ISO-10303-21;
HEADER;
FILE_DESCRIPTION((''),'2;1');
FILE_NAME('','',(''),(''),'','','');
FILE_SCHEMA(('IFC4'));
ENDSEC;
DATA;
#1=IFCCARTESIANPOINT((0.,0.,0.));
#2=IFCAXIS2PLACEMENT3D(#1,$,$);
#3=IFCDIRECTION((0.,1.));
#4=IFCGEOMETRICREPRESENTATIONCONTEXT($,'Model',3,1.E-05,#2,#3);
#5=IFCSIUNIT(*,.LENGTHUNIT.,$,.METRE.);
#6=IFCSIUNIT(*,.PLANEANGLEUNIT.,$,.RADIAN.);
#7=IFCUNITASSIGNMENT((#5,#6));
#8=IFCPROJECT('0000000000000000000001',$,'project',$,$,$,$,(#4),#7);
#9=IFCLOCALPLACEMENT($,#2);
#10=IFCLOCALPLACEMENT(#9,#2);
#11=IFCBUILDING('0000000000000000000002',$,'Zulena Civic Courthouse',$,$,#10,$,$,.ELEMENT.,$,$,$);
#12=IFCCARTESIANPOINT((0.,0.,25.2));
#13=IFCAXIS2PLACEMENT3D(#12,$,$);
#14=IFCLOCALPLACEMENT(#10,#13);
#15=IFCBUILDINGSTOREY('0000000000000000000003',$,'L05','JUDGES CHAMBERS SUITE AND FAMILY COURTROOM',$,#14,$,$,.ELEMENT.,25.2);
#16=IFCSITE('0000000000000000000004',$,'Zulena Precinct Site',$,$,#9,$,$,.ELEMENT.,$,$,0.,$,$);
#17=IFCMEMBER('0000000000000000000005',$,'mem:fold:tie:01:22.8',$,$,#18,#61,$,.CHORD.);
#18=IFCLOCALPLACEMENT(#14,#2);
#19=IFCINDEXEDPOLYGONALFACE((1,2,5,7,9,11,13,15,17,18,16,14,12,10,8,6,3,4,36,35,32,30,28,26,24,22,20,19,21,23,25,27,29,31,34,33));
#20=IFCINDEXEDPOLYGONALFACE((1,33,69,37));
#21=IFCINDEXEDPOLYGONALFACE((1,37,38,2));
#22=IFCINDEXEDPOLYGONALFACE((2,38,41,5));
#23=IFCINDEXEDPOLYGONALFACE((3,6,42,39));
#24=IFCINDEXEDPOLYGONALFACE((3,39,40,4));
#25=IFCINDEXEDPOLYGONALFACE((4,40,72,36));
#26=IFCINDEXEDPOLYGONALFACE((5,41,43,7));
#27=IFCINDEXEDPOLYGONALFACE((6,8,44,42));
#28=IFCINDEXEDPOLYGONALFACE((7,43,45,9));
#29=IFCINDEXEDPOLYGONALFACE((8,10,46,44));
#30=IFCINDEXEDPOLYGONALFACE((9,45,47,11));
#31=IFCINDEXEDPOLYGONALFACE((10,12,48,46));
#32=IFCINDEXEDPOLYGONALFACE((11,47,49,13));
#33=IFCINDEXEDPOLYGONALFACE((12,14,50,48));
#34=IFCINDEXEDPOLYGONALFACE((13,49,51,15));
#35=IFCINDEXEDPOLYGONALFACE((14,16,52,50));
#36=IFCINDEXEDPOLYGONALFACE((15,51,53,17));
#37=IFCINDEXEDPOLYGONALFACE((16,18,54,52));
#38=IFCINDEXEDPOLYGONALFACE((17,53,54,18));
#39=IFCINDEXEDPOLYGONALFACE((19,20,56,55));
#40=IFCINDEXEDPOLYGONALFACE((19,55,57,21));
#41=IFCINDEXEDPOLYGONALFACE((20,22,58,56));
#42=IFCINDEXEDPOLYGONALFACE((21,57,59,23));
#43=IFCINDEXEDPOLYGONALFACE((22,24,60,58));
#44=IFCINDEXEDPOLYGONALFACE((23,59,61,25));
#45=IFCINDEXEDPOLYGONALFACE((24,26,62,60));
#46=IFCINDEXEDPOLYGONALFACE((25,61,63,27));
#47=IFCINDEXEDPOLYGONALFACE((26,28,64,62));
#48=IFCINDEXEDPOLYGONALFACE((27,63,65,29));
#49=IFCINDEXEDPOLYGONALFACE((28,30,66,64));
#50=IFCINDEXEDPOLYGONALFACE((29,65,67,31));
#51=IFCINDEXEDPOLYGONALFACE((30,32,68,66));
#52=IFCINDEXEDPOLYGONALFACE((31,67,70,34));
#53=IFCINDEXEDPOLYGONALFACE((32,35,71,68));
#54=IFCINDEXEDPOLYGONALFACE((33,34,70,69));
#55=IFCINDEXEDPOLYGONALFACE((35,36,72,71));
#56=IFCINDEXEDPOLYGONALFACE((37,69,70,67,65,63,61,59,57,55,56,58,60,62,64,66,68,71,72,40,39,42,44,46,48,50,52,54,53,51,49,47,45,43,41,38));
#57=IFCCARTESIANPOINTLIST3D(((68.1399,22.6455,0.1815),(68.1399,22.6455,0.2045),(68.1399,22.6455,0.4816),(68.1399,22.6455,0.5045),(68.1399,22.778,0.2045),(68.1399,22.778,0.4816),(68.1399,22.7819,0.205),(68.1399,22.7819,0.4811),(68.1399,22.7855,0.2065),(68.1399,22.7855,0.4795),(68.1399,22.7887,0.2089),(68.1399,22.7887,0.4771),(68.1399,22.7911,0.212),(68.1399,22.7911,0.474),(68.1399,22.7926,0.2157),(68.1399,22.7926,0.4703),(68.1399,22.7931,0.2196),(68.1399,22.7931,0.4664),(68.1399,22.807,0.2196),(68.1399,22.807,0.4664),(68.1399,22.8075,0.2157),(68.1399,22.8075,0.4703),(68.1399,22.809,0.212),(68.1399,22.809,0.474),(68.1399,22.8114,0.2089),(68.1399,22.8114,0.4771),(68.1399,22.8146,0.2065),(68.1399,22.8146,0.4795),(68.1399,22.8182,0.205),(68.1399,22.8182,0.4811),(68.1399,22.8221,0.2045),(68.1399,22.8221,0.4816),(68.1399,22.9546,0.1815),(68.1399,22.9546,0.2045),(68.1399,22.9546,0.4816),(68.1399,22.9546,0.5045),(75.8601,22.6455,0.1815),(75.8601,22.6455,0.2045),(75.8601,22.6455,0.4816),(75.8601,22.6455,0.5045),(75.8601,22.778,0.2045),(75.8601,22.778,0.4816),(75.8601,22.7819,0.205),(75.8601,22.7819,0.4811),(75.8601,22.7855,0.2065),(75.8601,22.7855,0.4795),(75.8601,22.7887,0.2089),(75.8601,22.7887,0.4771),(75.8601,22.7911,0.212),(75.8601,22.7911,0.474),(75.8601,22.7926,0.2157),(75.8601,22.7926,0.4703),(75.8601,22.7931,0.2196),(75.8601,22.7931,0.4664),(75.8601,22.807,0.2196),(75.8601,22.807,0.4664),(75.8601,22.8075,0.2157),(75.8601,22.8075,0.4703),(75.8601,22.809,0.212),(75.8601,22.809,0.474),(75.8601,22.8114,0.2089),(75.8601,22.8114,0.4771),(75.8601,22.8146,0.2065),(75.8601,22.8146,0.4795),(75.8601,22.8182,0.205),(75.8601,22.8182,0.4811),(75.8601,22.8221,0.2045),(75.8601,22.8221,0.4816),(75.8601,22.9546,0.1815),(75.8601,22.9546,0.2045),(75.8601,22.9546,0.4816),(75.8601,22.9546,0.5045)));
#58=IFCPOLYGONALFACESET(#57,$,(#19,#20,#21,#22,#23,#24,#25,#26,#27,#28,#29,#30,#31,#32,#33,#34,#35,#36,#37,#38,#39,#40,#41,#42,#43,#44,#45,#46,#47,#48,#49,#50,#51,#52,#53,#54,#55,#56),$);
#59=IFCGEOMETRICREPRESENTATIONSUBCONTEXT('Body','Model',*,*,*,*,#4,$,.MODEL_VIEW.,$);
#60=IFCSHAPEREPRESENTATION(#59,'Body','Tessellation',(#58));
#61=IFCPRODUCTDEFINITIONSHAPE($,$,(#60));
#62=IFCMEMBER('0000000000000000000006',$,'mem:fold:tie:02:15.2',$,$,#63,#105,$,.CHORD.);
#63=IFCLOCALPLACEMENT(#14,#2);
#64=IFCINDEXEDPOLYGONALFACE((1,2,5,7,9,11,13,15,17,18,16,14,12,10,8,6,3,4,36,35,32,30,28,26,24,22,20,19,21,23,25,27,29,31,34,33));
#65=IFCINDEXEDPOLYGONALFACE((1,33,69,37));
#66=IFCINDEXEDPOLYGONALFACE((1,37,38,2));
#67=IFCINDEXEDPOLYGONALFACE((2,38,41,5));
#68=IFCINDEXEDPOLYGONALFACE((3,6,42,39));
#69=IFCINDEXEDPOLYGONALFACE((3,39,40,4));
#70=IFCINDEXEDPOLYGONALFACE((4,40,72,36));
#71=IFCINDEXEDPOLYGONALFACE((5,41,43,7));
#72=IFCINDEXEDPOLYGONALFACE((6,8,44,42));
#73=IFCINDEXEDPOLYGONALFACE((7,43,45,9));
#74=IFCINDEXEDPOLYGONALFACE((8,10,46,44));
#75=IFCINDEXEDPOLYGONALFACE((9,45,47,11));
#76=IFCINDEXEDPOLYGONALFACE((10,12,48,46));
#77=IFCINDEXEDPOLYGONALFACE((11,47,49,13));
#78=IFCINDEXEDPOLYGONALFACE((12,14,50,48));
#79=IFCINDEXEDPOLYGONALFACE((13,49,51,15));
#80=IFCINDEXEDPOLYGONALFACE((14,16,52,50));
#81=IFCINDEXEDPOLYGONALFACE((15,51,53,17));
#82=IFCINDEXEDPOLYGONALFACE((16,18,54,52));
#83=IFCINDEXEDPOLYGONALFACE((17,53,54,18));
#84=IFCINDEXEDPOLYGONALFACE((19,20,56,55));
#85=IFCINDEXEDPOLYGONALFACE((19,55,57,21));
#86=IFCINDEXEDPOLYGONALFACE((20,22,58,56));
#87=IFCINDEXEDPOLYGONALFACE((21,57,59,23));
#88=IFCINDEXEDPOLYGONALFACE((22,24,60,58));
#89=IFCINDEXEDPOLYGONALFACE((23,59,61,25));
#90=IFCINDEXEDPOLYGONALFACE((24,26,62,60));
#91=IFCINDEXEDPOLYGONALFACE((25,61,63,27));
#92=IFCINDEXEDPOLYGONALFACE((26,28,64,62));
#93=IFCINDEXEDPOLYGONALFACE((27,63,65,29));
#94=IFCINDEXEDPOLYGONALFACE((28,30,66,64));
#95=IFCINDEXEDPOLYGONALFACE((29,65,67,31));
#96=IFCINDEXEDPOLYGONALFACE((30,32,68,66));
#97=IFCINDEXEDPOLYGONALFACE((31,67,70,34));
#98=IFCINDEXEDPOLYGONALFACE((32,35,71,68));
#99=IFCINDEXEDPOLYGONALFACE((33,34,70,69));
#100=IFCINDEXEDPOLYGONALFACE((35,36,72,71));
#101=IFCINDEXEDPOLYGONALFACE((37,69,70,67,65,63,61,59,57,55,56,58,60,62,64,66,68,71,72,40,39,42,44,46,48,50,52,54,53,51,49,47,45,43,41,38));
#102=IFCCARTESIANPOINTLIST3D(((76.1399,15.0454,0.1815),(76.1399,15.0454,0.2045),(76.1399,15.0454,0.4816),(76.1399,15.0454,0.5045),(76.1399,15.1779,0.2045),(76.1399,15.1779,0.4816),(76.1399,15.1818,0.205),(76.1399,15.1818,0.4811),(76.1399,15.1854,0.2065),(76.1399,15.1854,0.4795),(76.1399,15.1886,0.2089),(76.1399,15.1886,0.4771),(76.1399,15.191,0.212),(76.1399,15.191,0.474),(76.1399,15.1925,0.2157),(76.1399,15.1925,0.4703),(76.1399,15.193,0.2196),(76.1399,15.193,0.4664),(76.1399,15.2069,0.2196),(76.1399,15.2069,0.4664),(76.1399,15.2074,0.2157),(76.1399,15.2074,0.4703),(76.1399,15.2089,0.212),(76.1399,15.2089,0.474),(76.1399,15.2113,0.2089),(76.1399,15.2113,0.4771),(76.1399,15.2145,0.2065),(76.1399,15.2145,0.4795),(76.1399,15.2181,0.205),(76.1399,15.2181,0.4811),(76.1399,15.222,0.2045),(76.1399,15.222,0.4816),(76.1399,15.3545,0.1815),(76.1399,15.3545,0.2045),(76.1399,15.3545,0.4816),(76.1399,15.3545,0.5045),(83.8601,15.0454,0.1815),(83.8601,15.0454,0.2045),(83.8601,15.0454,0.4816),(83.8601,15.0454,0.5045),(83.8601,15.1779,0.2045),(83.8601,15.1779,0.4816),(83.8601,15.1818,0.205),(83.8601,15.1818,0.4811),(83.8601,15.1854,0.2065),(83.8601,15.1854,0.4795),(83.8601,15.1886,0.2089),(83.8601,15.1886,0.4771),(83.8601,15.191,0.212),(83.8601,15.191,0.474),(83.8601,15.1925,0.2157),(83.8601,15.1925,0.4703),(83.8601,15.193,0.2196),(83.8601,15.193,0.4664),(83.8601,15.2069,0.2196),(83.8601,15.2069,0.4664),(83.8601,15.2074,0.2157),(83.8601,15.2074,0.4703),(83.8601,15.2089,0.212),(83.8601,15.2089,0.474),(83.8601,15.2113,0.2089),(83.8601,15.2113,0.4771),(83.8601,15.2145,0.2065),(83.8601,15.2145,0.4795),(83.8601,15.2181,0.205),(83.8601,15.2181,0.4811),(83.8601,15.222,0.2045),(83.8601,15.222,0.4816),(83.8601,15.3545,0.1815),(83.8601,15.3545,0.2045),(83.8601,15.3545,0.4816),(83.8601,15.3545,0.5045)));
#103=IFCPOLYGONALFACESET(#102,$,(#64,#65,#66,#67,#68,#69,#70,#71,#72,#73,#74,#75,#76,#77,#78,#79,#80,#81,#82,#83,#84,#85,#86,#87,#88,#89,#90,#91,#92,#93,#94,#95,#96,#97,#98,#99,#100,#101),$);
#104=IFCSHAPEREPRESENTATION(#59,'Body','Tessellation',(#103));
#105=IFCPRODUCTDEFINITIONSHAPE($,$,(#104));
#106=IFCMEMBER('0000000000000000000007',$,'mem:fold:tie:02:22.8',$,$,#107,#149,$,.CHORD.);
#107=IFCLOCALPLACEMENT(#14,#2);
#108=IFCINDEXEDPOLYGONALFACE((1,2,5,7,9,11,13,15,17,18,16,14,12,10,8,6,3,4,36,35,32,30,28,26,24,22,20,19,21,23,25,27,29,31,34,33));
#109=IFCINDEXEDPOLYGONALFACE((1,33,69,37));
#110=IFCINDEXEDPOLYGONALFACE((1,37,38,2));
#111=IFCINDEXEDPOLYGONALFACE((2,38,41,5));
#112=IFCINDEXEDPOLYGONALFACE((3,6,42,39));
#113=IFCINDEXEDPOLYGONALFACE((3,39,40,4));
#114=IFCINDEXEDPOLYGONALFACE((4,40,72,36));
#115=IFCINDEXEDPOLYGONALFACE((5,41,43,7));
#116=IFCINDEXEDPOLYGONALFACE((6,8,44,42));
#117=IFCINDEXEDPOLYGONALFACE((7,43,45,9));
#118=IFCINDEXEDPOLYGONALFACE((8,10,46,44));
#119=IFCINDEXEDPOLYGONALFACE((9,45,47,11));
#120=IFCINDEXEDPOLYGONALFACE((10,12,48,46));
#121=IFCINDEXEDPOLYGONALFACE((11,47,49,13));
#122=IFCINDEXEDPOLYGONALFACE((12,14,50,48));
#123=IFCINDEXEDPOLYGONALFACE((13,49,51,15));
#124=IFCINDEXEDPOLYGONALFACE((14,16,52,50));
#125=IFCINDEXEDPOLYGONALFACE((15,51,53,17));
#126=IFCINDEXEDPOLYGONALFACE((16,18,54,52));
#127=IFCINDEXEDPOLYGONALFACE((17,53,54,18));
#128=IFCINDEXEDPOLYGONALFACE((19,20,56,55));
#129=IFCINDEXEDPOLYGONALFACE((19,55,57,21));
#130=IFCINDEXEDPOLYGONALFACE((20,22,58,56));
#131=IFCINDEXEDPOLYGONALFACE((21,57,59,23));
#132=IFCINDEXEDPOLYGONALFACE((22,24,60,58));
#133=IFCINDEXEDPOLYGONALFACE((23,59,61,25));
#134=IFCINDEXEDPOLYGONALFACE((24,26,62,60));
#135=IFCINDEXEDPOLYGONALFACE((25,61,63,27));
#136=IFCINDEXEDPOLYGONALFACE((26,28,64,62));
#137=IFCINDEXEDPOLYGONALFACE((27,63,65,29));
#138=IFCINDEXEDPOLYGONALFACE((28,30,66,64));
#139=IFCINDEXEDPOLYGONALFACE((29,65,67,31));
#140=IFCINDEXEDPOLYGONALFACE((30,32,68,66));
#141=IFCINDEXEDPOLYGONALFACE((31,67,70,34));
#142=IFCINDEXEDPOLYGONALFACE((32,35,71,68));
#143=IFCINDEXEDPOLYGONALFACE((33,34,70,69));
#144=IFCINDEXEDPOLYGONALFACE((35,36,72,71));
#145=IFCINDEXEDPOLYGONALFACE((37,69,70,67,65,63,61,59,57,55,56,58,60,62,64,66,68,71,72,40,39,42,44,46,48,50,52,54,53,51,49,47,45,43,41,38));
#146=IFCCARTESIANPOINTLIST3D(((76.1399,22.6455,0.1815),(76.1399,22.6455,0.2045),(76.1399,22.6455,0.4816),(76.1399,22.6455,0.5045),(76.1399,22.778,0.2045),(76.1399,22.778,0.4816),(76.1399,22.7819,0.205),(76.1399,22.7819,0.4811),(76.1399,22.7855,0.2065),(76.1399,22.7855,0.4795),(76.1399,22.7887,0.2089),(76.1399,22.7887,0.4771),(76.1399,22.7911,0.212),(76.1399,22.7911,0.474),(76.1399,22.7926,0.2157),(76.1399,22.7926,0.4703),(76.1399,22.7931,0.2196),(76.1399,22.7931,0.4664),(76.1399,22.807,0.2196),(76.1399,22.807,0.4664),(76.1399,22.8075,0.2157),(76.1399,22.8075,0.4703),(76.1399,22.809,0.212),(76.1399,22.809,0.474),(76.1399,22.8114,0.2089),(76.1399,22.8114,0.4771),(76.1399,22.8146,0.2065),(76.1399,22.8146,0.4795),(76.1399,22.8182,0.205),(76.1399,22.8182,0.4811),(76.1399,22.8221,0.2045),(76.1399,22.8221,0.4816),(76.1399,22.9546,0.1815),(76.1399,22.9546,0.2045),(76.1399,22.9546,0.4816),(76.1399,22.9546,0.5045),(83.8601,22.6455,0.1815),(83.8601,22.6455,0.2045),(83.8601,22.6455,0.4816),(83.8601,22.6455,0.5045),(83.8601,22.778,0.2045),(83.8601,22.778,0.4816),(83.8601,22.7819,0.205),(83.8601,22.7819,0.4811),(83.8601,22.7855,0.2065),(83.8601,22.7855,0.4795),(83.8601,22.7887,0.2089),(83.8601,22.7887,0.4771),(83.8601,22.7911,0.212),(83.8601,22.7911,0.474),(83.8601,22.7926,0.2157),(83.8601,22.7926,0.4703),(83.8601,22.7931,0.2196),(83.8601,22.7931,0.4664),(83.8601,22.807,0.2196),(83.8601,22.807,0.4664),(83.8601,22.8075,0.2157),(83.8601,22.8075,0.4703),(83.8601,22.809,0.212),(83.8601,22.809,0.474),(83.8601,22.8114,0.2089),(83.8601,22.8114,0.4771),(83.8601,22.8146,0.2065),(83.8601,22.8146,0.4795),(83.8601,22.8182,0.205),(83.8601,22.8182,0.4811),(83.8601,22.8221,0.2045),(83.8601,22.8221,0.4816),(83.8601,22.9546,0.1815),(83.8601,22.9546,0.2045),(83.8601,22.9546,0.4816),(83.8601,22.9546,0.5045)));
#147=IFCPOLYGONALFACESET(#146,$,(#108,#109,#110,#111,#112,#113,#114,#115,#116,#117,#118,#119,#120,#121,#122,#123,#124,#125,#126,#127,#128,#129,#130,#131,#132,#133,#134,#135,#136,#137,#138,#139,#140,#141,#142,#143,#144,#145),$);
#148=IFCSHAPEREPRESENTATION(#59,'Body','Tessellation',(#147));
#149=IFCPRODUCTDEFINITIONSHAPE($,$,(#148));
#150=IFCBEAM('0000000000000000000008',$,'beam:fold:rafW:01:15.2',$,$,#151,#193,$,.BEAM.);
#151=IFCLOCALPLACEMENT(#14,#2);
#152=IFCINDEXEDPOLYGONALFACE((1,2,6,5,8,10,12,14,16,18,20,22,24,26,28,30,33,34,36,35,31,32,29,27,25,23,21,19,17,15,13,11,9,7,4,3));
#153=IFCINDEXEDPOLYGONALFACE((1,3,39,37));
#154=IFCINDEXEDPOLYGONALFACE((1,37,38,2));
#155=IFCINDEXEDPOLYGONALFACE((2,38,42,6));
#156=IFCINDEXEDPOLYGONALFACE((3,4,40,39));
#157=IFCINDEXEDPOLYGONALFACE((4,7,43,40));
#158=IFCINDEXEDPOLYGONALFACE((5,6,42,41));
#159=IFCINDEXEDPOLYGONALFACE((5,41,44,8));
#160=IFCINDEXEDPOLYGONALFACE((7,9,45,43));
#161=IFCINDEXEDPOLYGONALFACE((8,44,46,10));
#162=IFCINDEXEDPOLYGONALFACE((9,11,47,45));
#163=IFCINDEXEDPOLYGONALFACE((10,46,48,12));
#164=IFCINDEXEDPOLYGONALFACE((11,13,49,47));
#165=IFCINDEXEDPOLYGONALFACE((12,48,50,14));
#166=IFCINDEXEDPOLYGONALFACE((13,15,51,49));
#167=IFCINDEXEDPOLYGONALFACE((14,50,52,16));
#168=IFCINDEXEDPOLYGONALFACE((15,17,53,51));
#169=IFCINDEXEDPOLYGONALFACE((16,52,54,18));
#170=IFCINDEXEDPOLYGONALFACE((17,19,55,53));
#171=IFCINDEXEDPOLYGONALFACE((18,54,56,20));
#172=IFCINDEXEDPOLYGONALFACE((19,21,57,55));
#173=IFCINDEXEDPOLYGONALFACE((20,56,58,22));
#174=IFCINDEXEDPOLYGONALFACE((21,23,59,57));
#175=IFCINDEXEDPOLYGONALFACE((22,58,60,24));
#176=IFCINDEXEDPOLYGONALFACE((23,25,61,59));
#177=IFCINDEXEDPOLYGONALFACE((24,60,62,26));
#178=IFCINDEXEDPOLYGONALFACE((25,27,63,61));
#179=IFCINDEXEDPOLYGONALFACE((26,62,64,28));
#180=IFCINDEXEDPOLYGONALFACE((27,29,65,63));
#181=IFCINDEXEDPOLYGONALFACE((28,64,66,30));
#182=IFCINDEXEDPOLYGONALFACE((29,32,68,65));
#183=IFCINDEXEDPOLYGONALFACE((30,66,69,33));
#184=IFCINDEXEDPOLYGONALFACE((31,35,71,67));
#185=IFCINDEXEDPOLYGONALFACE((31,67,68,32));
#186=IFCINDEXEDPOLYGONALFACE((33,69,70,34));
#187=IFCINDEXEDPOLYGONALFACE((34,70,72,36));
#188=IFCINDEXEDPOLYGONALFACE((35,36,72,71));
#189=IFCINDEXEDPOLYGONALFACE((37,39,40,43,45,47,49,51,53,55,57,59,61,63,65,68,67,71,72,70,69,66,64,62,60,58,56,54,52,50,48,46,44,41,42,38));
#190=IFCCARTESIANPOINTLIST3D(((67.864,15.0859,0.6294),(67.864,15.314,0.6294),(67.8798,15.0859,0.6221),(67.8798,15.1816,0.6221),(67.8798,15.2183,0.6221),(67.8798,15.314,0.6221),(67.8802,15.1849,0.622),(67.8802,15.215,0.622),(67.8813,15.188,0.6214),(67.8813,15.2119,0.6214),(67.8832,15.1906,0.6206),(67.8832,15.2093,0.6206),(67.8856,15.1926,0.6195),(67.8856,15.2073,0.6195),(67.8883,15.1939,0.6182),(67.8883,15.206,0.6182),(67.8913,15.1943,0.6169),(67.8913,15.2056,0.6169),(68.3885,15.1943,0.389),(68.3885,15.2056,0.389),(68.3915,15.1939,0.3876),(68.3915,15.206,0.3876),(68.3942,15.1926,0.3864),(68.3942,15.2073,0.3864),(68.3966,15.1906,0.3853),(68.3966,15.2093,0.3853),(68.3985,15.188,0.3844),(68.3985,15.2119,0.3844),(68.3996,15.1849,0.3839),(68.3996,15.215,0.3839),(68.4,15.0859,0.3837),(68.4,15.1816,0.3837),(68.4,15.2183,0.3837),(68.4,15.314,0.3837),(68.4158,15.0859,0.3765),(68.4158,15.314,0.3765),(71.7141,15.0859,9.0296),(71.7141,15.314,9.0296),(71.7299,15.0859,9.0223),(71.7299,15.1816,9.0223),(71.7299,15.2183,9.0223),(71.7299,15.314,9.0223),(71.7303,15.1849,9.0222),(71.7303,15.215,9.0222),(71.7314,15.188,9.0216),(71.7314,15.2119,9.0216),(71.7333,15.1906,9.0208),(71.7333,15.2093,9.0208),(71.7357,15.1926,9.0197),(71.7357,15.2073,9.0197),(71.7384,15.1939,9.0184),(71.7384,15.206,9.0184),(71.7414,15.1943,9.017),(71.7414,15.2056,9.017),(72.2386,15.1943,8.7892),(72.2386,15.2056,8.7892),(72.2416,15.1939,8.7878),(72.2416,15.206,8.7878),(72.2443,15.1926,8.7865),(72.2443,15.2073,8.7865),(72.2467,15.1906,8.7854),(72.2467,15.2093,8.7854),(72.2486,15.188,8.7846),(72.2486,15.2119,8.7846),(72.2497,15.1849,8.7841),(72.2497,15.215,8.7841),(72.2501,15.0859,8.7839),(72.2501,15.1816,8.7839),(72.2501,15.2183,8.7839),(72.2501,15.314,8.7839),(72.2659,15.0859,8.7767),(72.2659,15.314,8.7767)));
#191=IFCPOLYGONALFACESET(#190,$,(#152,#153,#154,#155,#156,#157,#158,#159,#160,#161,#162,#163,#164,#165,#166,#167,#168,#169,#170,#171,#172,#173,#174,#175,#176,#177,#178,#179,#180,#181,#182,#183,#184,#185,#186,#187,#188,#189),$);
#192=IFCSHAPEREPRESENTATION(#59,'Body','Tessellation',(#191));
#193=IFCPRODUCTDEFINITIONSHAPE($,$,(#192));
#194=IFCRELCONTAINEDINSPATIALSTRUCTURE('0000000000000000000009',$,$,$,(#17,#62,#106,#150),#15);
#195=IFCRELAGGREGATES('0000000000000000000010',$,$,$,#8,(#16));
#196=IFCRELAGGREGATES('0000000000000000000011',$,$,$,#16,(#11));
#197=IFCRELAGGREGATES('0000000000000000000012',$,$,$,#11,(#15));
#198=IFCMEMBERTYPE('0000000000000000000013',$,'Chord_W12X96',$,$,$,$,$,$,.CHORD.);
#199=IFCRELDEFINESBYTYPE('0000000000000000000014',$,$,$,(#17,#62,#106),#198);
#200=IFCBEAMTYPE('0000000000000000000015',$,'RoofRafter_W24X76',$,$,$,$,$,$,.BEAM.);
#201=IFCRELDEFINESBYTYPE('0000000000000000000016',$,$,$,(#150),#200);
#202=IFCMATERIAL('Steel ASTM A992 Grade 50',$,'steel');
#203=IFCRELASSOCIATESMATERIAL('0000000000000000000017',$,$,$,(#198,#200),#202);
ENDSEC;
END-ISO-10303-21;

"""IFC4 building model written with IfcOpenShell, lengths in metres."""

from ifc_helpers import new_model, si_unit, direction, frame, origin, origin_2d, place, context, subcontext, project, spatial, i_section, extrude, material, material_profile, profile_set, type_object, element, save


model = new_model("IFC4")

# Units and contexts
model_context = context("Model", 3, precision=1e-05, world=origin(), true_north=direction((0.0, 1.0)))
body_context = subcontext(model_context, "Body", "Model", "MODEL_VIEW")
ifc_project = project(units=[si_unit("LENGTHUNIT", "METRE"), si_unit("PLANEANGLEUNIT", "RADIAN")], contexts=[model_context])

# Site, building, storey
site_placement = place(None, origin())
site = spatial("IfcSite", under=ifc_project, at=site_placement, Name="Zulena Precinct Site", CompositionType="ELEMENT", RefElevation=0.0)
building_placement = place(site_placement, origin())
building = spatial("IfcBuilding", under=site, at=building_placement, Name="Zulena Civic Courthouse", CompositionType="ELEMENT")
storey_placement = place(building_placement, frame((0.0, 0.0, 25.2)))
storey = spatial("IfcBuildingStorey", under=building, at=storey_placement, Name="L05", Description="JUDGES CHAMBERS SUITE AND FAMILY COURTROOM", CompositionType="ELEMENT", Elevation=25.2)

# Members
ifc_material_1 = material(Name="Steel ASTM A992 Grade 50", Category="steel")
ifc_material_profile_1 = material_profile(ifc_material_1, i_section(OverallWidth=0.3091, OverallDepth=0.323, WebThickness=0.0139, FlangeThickness=0.0229, FilletRadius=0.0151, at=origin_2d()), Name="W12X96")
ifc_profile_set_1 = profile_set([ifc_material_profile_1], Name="Steel ASTM A992 Grade 50")
member_type_1 = type_object("IfcMemberType", Name="Chord_W12X96", PredefinedType="CHORD", material=ifc_profile_set_1)
for number, where, z_axis, x_axis, name in (
    (1, (68.1399, 22.8, 0.343), (1.0, 0.0, 0.0), (0.0, 1.0, 0.0), "mem:fold:tie:01:22.8"),
    (2, (76.1399, 15.2, 0.343), (1.0, 0.0, 0.0), (0.0, 1.0, 0.0), "mem:fold:tie:02:15.2"),
    (3, (76.1399, 22.8, 0.343), (1.0, 0.0, 0.0), (0.0, 1.0, 0.0), "mem:fold:tie:02:22.8"),
):
    element("IfcMember", number, at=place(storey_placement, frame(where, z_axis=z_axis, x_axis=x_axis)), inside=storey, type_object=member_type_1, Name=name, PredefinedType="CHORD", context=body_context, shape_type="SweptSolid", body=[
        extrude(i_section(OverallWidth=0.3091, OverallDepth=0.323, WebThickness=0.0139, FlangeThickness=0.0229, FilletRadius=0.0151, at=origin_2d()), origin(), (0.0, 0.0, 1.0), 7.7202),
    ])

# Beam
ifc_material_profile_2 = material_profile(ifc_material_1, i_section(OverallWidth=0.228, OverallDepth=0.6069, WebThickness=0.0112, FlangeThickness=0.0173, FilletRadius=0.0127, at=origin_2d()), Name="W24X76")
ifc_profile_set_2 = profile_set([ifc_material_profile_2], Name="Steel ASTM A992 Grade 50")
beam_type_1 = type_object("IfcBeamType", Name="RoofRafter_W24X76", PredefinedType="BEAM", material=ifc_profile_set_2)
for number, where, z_axis, x_axis, name in (
    (4, (68.1399, 15.2, 0.5029), (0.416657, 0.0, 0.909064), (0.0, 1.0, 0.0), "beam:fold:rafW:01:15.2"),
):
    element("IfcBeam", number, at=place(storey_placement, frame(where, z_axis=z_axis, x_axis=x_axis)), inside=storey, type_object=beam_type_1, Name=name, PredefinedType="BEAM", context=body_context, shape_type="SweptSolid", body=[
        extrude(i_section(OverallWidth=0.228, OverallDepth=0.6069, WebThickness=0.0112, FlangeThickness=0.0173, FilletRadius=0.0127, at=origin_2d()), origin(), (0.0, 0.0, 1.0), 9.2405),
    ])

save(model, "model.ifc")
